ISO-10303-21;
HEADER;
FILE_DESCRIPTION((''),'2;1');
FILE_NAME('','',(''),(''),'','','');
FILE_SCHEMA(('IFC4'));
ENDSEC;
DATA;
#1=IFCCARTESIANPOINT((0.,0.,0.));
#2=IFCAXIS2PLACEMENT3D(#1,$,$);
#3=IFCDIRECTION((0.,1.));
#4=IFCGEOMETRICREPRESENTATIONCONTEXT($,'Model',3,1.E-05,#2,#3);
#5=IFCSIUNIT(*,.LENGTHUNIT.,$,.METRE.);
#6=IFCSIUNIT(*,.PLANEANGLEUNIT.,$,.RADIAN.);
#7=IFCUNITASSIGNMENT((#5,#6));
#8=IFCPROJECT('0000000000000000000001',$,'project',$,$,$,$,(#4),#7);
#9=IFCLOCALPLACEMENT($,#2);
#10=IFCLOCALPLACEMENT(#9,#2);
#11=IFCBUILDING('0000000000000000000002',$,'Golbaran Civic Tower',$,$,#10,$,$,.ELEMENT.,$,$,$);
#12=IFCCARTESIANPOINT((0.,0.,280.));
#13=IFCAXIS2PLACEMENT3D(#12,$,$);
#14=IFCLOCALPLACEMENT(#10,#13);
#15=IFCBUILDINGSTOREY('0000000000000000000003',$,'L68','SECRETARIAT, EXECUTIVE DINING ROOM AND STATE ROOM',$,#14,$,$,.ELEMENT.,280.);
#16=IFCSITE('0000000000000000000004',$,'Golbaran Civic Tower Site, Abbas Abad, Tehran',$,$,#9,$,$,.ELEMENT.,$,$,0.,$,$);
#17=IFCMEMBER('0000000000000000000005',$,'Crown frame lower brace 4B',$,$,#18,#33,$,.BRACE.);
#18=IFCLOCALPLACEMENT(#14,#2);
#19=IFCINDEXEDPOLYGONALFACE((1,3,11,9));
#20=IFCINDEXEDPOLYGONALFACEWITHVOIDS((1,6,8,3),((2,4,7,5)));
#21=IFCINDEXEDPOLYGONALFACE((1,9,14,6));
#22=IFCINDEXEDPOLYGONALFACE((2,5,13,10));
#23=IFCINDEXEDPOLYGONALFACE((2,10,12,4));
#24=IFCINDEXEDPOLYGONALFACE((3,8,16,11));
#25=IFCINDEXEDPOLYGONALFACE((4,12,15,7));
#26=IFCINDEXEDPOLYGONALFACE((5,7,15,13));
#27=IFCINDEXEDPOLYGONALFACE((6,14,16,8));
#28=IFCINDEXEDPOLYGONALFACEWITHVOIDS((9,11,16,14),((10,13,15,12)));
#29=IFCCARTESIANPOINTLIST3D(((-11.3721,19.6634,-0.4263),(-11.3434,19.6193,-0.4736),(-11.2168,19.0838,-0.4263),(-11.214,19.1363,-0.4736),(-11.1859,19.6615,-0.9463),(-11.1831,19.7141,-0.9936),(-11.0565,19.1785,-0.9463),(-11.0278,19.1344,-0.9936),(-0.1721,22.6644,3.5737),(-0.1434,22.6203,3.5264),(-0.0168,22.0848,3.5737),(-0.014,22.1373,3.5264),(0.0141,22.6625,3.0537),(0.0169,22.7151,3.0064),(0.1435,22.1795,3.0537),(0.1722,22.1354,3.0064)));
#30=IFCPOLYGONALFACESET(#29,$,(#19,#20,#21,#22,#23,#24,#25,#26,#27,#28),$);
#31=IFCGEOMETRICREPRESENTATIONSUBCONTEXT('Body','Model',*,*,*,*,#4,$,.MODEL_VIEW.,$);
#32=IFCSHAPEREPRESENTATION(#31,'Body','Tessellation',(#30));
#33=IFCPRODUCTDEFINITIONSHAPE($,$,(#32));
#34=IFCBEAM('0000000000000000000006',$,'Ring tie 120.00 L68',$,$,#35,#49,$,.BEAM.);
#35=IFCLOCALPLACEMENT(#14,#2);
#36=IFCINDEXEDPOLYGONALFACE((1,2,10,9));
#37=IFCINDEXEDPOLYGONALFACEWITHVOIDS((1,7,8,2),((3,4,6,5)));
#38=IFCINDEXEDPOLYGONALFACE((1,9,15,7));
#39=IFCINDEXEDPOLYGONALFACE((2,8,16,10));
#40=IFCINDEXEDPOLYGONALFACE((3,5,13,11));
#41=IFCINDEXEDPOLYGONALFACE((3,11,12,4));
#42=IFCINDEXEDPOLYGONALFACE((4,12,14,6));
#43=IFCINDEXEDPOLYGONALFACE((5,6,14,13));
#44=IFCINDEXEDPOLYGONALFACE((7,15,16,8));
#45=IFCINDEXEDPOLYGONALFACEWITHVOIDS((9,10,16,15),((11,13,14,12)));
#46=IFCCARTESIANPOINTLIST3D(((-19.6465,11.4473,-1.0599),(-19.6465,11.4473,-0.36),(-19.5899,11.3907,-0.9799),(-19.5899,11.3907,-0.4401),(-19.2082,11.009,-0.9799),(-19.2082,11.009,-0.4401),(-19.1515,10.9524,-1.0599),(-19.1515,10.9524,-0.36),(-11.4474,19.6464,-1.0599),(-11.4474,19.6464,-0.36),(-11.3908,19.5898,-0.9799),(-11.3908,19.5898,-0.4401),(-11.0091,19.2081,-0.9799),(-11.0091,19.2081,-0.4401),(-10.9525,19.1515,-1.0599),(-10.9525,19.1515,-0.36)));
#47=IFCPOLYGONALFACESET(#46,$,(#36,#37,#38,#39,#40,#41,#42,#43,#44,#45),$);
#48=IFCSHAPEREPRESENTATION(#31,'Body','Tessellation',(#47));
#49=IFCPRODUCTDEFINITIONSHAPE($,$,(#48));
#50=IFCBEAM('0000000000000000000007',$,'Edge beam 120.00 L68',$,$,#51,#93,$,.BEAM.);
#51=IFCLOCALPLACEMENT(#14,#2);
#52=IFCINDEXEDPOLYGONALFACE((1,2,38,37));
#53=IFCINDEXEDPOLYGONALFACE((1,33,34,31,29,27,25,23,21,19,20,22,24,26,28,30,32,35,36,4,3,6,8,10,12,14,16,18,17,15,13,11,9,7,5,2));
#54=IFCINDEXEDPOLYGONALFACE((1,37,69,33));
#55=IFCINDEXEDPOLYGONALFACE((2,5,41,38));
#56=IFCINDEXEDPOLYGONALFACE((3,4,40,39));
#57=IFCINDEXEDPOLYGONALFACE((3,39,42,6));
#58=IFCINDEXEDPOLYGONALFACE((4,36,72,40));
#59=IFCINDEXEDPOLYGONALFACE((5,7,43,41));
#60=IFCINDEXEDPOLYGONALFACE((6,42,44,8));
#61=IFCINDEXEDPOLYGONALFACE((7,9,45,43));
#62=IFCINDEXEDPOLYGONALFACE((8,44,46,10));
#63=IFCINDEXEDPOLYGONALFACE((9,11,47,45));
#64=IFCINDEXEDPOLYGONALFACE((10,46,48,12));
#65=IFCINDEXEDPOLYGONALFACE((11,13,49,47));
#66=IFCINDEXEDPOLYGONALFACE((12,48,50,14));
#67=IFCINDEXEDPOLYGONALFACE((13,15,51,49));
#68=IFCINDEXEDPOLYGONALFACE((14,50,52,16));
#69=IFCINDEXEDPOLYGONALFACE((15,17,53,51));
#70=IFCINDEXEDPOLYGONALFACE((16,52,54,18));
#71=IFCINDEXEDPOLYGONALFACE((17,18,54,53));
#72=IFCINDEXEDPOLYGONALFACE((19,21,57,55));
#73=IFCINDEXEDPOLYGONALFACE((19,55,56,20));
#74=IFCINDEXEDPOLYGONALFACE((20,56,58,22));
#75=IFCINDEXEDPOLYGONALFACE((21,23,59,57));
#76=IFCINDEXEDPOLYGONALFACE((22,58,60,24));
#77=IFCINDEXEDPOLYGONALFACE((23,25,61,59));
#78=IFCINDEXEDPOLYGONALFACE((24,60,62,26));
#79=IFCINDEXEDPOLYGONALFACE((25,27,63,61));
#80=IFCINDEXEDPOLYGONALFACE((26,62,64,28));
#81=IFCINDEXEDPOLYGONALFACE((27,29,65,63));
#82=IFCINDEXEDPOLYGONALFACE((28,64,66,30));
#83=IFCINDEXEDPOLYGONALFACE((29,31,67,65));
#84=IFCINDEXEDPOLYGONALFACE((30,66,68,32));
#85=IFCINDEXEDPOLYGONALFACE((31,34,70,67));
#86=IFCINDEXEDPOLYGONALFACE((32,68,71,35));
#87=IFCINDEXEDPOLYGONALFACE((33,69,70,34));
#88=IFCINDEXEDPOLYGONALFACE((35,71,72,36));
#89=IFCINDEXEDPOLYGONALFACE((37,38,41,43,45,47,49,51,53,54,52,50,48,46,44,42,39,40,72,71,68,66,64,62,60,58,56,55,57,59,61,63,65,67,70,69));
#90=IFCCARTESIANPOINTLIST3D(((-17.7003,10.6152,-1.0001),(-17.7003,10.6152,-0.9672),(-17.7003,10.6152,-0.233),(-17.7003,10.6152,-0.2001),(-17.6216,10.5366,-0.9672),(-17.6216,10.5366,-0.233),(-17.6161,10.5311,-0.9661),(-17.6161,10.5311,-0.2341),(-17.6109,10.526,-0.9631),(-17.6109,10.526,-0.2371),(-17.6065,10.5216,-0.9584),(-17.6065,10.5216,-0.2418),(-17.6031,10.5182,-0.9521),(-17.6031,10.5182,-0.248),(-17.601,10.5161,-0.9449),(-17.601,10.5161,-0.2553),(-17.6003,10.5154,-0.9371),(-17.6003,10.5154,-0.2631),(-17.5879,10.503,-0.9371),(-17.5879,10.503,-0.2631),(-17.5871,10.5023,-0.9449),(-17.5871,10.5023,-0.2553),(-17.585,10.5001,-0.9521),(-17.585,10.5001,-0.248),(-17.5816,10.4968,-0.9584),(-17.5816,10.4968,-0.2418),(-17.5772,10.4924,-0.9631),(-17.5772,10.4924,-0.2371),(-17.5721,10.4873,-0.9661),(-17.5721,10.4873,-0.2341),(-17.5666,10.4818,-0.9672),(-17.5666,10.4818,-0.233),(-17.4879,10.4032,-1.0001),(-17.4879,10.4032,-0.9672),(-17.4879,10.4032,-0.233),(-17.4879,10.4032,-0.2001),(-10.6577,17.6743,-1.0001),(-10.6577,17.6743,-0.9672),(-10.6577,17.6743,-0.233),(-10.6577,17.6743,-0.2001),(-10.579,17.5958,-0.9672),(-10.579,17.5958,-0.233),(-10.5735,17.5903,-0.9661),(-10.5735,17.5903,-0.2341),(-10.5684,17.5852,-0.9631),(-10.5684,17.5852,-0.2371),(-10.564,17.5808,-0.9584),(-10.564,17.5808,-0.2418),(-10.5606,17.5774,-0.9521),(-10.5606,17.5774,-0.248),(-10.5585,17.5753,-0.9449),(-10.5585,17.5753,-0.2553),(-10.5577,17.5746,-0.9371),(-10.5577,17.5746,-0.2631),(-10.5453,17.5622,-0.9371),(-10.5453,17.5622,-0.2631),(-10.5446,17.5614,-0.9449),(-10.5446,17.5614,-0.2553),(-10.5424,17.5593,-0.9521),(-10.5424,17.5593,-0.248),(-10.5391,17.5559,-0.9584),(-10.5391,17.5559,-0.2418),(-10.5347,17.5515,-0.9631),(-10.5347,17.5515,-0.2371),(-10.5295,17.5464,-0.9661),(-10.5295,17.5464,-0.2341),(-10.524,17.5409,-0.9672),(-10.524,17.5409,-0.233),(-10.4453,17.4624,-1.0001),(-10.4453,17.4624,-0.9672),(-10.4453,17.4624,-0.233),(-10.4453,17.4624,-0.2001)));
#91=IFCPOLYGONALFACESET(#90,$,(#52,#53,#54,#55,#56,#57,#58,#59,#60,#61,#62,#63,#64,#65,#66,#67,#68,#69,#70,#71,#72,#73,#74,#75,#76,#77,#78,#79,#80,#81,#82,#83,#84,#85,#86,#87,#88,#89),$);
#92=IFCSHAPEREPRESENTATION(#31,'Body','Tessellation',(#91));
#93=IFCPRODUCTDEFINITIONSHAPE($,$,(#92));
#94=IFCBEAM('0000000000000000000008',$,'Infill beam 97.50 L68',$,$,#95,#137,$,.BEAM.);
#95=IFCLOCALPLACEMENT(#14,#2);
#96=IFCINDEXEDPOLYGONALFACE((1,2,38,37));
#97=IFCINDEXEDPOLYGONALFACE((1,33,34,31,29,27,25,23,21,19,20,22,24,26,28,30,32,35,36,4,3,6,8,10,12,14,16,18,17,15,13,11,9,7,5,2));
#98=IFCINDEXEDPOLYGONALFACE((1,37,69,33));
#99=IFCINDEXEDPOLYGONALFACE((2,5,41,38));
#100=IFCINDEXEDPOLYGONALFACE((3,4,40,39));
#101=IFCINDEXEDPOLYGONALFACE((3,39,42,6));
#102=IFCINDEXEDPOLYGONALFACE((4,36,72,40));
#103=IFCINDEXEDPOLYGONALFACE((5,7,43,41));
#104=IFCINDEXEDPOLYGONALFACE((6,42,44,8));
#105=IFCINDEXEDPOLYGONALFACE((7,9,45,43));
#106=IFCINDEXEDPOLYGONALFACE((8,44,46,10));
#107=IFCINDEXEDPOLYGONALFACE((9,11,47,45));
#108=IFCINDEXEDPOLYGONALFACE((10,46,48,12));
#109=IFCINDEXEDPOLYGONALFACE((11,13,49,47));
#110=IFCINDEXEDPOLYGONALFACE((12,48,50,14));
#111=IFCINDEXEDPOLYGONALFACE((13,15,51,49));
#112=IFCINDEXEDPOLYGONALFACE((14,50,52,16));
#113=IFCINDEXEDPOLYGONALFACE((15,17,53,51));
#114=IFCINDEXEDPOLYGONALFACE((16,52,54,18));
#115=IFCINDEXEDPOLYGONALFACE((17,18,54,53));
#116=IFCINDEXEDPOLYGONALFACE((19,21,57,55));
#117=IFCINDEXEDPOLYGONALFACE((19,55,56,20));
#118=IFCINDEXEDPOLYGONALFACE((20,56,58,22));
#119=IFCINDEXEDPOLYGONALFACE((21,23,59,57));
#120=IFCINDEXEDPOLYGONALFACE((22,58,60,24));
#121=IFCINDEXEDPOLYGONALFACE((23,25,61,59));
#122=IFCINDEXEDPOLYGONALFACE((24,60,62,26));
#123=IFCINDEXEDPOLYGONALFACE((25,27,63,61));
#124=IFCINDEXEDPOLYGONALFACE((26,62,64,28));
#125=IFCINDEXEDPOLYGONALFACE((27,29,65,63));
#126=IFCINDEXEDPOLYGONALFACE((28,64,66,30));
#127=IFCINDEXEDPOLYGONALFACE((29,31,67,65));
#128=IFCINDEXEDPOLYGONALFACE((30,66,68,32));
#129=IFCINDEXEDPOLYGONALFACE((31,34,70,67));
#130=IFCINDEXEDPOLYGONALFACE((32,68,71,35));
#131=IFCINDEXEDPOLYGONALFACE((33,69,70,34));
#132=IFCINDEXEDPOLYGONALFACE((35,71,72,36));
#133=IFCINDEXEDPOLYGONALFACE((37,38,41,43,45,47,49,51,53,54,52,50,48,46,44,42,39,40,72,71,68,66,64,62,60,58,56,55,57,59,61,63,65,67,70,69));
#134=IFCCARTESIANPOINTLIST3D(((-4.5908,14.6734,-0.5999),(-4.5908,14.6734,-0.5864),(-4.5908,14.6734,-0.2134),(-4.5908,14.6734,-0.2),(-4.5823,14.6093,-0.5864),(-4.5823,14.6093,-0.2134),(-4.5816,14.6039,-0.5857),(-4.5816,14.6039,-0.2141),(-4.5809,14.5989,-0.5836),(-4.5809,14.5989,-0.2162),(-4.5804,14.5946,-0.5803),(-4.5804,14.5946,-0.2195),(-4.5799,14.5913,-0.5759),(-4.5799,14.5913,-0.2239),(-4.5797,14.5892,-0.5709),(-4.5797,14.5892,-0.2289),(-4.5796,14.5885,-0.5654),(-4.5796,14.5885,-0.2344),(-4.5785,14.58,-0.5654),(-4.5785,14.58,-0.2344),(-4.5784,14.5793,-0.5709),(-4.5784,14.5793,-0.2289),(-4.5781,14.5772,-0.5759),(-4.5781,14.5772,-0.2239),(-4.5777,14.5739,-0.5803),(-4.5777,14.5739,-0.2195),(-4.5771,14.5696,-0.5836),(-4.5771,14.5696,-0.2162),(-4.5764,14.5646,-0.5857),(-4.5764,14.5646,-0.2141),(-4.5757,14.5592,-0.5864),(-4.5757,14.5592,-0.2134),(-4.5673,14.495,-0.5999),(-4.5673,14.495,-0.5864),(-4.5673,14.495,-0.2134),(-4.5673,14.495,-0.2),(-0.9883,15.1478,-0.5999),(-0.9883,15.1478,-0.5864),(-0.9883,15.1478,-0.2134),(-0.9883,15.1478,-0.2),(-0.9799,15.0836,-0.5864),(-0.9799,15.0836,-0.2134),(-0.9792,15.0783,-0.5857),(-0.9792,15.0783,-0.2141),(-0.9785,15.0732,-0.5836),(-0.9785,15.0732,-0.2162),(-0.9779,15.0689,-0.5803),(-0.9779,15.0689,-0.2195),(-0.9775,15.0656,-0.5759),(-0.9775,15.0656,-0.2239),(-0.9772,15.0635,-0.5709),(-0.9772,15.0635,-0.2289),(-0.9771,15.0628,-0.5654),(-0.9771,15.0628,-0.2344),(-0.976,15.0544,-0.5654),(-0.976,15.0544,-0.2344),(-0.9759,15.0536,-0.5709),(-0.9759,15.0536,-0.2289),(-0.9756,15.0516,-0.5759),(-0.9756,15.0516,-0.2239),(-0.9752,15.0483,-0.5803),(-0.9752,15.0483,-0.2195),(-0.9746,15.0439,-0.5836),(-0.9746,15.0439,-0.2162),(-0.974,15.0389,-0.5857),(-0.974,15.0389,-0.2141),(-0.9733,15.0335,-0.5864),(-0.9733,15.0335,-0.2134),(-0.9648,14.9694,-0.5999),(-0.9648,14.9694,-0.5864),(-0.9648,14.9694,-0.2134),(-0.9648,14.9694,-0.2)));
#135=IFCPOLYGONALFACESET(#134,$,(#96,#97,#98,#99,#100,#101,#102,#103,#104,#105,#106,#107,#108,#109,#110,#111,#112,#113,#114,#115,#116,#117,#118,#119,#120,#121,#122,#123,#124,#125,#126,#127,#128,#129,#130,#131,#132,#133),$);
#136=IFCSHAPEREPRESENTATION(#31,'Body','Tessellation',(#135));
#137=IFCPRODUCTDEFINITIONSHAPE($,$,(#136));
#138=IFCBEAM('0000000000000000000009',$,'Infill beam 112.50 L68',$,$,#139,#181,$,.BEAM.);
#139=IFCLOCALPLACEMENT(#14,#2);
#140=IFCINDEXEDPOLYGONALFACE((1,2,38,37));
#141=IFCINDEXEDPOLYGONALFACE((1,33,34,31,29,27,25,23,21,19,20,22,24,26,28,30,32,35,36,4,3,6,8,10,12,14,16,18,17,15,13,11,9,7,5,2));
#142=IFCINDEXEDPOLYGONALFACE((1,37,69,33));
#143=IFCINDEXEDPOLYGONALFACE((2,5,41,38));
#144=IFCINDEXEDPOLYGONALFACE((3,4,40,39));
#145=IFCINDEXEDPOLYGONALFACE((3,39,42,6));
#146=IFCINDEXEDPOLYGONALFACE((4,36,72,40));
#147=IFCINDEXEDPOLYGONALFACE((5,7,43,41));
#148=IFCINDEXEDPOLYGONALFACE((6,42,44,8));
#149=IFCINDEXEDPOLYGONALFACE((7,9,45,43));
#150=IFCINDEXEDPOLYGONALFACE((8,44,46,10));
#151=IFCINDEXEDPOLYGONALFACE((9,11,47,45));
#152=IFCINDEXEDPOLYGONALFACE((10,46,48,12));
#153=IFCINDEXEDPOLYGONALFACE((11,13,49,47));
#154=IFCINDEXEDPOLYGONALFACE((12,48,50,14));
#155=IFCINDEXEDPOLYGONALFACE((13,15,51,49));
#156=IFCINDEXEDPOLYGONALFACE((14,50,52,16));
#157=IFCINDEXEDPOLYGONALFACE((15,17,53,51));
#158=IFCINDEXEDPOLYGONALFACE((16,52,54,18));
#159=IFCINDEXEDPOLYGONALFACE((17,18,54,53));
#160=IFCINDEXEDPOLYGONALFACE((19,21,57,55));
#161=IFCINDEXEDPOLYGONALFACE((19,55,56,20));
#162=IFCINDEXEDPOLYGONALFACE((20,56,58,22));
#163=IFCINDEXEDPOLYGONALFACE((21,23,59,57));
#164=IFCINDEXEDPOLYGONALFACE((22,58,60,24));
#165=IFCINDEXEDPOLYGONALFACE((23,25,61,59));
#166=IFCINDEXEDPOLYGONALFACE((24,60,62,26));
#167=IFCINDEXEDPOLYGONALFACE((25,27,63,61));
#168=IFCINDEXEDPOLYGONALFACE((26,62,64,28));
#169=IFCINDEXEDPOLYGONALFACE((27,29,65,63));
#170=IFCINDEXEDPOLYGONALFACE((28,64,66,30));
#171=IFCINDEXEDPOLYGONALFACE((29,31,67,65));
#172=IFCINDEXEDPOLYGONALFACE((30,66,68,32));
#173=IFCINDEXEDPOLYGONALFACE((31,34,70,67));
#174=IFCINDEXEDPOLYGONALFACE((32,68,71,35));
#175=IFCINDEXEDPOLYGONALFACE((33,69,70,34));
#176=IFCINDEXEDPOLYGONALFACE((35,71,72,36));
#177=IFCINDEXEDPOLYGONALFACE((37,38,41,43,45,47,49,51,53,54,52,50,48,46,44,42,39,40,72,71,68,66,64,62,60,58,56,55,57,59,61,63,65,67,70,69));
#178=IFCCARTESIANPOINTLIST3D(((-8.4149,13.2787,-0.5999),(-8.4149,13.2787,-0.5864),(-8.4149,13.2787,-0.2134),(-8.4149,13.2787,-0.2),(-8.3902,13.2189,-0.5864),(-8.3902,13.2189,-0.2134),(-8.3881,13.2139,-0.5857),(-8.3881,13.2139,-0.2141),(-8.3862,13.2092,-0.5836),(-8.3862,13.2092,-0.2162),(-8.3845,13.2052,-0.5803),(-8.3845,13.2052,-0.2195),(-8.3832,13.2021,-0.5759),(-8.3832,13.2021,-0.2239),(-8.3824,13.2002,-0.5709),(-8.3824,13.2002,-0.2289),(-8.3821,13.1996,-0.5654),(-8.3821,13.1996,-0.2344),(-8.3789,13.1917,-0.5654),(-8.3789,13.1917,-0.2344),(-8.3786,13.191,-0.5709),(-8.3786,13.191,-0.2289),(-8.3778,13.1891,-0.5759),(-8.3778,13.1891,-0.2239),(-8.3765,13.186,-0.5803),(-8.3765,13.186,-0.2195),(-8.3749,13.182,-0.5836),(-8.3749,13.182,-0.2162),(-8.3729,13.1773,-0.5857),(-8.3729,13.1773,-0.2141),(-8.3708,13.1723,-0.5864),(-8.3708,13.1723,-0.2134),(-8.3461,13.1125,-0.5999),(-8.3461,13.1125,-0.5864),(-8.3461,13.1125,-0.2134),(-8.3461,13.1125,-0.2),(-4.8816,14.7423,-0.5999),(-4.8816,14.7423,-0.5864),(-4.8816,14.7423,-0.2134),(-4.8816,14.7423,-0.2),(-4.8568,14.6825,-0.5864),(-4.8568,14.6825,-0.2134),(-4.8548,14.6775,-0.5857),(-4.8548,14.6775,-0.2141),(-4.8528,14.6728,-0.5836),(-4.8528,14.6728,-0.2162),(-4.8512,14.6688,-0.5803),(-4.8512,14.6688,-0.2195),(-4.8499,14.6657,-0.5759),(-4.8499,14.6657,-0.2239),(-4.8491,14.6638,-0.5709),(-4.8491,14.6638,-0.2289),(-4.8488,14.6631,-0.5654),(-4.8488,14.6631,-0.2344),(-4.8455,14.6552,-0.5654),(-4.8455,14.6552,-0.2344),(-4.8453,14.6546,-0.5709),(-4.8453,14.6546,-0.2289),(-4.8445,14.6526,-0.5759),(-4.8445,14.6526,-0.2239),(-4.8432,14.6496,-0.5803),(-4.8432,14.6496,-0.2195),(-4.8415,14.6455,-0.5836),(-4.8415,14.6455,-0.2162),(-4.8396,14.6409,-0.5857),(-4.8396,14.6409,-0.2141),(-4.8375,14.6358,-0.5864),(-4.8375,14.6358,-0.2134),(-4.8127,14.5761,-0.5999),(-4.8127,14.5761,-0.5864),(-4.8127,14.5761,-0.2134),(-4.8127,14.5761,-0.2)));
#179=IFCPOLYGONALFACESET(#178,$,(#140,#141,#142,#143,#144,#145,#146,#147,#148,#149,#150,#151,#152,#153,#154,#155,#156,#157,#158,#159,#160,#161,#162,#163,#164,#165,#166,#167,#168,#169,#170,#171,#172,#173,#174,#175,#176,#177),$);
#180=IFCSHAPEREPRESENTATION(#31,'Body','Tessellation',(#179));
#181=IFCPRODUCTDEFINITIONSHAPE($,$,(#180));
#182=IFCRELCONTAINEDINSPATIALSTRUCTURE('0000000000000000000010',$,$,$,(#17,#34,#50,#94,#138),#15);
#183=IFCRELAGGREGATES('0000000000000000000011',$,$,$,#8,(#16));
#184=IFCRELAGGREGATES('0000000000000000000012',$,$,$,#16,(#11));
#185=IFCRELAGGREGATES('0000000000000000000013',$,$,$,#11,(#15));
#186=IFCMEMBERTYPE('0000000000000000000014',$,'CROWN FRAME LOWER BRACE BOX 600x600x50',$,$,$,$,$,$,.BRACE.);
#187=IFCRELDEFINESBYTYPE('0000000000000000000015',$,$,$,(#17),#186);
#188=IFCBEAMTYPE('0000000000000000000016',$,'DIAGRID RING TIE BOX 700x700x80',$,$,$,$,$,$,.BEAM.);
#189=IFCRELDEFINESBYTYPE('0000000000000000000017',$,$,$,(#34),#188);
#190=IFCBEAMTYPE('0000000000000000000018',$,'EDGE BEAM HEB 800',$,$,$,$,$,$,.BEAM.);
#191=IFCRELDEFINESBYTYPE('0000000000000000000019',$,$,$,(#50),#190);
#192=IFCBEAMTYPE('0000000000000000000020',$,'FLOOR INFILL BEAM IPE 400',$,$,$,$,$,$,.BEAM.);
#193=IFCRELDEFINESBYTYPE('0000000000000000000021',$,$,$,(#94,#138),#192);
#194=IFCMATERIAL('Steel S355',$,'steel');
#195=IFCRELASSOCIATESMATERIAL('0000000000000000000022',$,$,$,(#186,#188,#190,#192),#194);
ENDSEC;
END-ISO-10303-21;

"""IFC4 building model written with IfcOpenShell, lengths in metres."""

from ifc_helpers import new_model, si_unit, direction, frame, origin, origin_2d, place, context, subcontext, project, spatial, hollow_rectangle, i_section, extrude, material, material_profile, profile_set, type_object, element, save


model = new_model("IFC4")

# Units and contexts
model_context = context("Model", 3, precision=1e-05, world=origin(), true_north=direction((0.0, 1.0)))
body_context = subcontext(model_context, "Body", "Model", "MODEL_VIEW")
ifc_project = project(units=[si_unit("LENGTHUNIT", "METRE"), si_unit("PLANEANGLEUNIT", "RADIAN")], contexts=[model_context])

# Site, building, storey
site_placement = place(None, origin())
site = spatial("IfcSite", under=ifc_project, at=site_placement, Name="Golbaran Civic Tower Site, Abbas Abad, Tehran", CompositionType="ELEMENT", RefElevation=0.0)
building_placement = place(site_placement, origin())
building = spatial("IfcBuilding", under=site, at=building_placement, Name="Golbaran Civic Tower", CompositionType="ELEMENT")
storey_placement = place(building_placement, frame((0.0, 0.0, 280.0)))
storey = spatial("IfcBuildingStorey", under=building, at=storey_placement, Name="L68", Description="SECRETARIAT, EXECUTIVE DINING ROOM AND STATE ROOM", CompositionType="ELEMENT", Elevation=280.0)

# Member
ifc_material_1 = material(Name="Steel S355", Category="steel")
ifc_material_profile_1 = material_profile(ifc_material_1, hollow_rectangle(XDim=0.6001, YDim=0.6001, WallThickness=0.05, at=origin_2d()), Name="BOX 600x600x50")
ifc_profile_set_1 = profile_set([ifc_material_profile_1], Name="Steel S355")
member_type_1 = type_object("IfcMemberType", Name="CROWN FRAME LOWER BRACE BOX 600x600x50", PredefinedType="BRACE", material=ifc_profile_set_1)
member_1_placement = place(storey_placement, frame((-11.2, 19.3989, -0.71), z_axis=(0.913119, 0.244666, 0.326116), x_axis=(-0.258816, 0.965927, 0.0)))
element("IfcMember", 1, at=member_1_placement, inside=storey, type_object=member_type_1, Name="Crown frame lower brace 4B", PredefinedType="BRACE", context=body_context, shape_type="SweptSolid", body=[
    extrude(hollow_rectangle(XDim=0.6001, YDim=0.6001, WallThickness=0.05, at=origin_2d()), origin(), (0.0, 0.0, 1.0), 12.2656),
])

# Beams
ifc_material_profile_2 = material_profile(ifc_material_1, hollow_rectangle(XDim=0.7, YDim=0.7, WallThickness=0.0801, at=origin_2d()), Name="BOX 700x700x80")
ifc_profile_set_2 = profile_set([ifc_material_profile_2], Name="Steel S355")
beam_type_1 = type_object("IfcBeamType", Name="DIAGRID RING TIE BOX 700x700x80", PredefinedType="BEAM", material=ifc_profile_set_2)
beam_1_placement = place(storey_placement, frame((-11.2, 19.3989, -0.71), z_axis=(-0.707107, -0.707107, 0.0), x_axis=(0.707107, -0.707107, 0.0)))
element("IfcBeam", 2, at=beam_1_placement, inside=storey, type_object=beam_type_1, Name="Ring tie 120.00 L68", PredefinedType="BEAM", context=body_context, shape_type="SweptSolid", body=[
    extrude(hollow_rectangle(XDim=0.7, YDim=0.7, WallThickness=0.0801, at=origin_2d()), origin(), (0.0, 0.0, 1.0), 11.5952),
])
ifc_material_profile_3 = material_profile(ifc_material_1, i_section(OverallWidth=0.3, OverallDepth=0.8, WebThickness=0.0176, FlangeThickness=0.033, FilletRadius=0.03, at=origin_2d()), Name="HEB 800")
ifc_profile_set_3 = profile_set([ifc_material_profile_3], Name="Steel S355")
beam_type_2 = type_object("IfcBeamType", Name="EDGE BEAM HEB 800", PredefinedType="BEAM", material=ifc_profile_set_3)
beam_2_placement = place(storey_placement, frame((-10.5515, 17.5684, -0.6001), z_axis=(-0.706274, -0.707939, 0.0), x_axis=(0.707939, -0.706274, 0.0)))
element("IfcBeam", 3, at=beam_2_placement, inside=storey, type_object=beam_type_2, Name="Edge beam 120.00 L68", PredefinedType="BEAM", context=body_context, shape_type="SweptSolid", body=[
    extrude(i_section(OverallWidth=0.3, OverallDepth=0.8, WebThickness=0.0176, FlangeThickness=0.033, FilletRadius=0.03, at=origin_2d()), origin(), (0.0, 0.0, 1.0), 9.9714),
])
ifc_material_profile_4 = material_profile(ifc_material_1, i_section(OverallWidth=0.1799, OverallDepth=0.3999, WebThickness=0.0085, FlangeThickness=0.0134, FilletRadius=0.021, at=origin_2d()), Name="IPE 400")
ifc_profile_set_4 = profile_set([ifc_material_profile_4], Name="Steel S355")
beam_type_3 = type_object("IfcBeamType", Name="FLOOR INFILL BEAM IPE 400", PredefinedType="BEAM", material=ifc_profile_set_4)
beam_3_placement = place(storey_placement, frame((-0.9766, 15.0586, -0.3999), z_axis=(-0.991442, -0.130548, 0.0), x_axis=(0.130548, -0.991442, 0.0)))
element("IfcBeam", 4, at=beam_3_placement, inside=storey, type_object=beam_type_3, Name="Infill beam 97.50 L68", PredefinedType="BEAM", context=body_context, shape_type="SweptSolid", body=[
    extrude(i_section(OverallWidth=0.1799, OverallDepth=0.3999, WebThickness=0.0085, FlangeThickness=0.0134, FilletRadius=0.021, at=origin_2d()), origin(), (0.0, 0.0, 1.0), 3.6335),
])
beam_4_placement = place(storey_placement, frame((-4.8472, 14.6592, -0.3999), z_axis=(-0.923878, -0.382688, 0.0), x_axis=(0.382688, -0.923878, 0.0)))
element("IfcBeam", 5, at=beam_4_placement, inside=storey, type_object=beam_type_3, Name="Infill beam 112.50 L68", PredefinedType="BEAM", context=body_context, shape_type="SweptSolid", body=[
    extrude(i_section(OverallWidth=0.1799, OverallDepth=0.3999, WebThickness=0.0085, FlangeThickness=0.0134, FilletRadius=0.021, at=origin_2d()), origin(), (0.0, 0.0, 1.0), 3.8245),
])

save(model, "model.ifc")
